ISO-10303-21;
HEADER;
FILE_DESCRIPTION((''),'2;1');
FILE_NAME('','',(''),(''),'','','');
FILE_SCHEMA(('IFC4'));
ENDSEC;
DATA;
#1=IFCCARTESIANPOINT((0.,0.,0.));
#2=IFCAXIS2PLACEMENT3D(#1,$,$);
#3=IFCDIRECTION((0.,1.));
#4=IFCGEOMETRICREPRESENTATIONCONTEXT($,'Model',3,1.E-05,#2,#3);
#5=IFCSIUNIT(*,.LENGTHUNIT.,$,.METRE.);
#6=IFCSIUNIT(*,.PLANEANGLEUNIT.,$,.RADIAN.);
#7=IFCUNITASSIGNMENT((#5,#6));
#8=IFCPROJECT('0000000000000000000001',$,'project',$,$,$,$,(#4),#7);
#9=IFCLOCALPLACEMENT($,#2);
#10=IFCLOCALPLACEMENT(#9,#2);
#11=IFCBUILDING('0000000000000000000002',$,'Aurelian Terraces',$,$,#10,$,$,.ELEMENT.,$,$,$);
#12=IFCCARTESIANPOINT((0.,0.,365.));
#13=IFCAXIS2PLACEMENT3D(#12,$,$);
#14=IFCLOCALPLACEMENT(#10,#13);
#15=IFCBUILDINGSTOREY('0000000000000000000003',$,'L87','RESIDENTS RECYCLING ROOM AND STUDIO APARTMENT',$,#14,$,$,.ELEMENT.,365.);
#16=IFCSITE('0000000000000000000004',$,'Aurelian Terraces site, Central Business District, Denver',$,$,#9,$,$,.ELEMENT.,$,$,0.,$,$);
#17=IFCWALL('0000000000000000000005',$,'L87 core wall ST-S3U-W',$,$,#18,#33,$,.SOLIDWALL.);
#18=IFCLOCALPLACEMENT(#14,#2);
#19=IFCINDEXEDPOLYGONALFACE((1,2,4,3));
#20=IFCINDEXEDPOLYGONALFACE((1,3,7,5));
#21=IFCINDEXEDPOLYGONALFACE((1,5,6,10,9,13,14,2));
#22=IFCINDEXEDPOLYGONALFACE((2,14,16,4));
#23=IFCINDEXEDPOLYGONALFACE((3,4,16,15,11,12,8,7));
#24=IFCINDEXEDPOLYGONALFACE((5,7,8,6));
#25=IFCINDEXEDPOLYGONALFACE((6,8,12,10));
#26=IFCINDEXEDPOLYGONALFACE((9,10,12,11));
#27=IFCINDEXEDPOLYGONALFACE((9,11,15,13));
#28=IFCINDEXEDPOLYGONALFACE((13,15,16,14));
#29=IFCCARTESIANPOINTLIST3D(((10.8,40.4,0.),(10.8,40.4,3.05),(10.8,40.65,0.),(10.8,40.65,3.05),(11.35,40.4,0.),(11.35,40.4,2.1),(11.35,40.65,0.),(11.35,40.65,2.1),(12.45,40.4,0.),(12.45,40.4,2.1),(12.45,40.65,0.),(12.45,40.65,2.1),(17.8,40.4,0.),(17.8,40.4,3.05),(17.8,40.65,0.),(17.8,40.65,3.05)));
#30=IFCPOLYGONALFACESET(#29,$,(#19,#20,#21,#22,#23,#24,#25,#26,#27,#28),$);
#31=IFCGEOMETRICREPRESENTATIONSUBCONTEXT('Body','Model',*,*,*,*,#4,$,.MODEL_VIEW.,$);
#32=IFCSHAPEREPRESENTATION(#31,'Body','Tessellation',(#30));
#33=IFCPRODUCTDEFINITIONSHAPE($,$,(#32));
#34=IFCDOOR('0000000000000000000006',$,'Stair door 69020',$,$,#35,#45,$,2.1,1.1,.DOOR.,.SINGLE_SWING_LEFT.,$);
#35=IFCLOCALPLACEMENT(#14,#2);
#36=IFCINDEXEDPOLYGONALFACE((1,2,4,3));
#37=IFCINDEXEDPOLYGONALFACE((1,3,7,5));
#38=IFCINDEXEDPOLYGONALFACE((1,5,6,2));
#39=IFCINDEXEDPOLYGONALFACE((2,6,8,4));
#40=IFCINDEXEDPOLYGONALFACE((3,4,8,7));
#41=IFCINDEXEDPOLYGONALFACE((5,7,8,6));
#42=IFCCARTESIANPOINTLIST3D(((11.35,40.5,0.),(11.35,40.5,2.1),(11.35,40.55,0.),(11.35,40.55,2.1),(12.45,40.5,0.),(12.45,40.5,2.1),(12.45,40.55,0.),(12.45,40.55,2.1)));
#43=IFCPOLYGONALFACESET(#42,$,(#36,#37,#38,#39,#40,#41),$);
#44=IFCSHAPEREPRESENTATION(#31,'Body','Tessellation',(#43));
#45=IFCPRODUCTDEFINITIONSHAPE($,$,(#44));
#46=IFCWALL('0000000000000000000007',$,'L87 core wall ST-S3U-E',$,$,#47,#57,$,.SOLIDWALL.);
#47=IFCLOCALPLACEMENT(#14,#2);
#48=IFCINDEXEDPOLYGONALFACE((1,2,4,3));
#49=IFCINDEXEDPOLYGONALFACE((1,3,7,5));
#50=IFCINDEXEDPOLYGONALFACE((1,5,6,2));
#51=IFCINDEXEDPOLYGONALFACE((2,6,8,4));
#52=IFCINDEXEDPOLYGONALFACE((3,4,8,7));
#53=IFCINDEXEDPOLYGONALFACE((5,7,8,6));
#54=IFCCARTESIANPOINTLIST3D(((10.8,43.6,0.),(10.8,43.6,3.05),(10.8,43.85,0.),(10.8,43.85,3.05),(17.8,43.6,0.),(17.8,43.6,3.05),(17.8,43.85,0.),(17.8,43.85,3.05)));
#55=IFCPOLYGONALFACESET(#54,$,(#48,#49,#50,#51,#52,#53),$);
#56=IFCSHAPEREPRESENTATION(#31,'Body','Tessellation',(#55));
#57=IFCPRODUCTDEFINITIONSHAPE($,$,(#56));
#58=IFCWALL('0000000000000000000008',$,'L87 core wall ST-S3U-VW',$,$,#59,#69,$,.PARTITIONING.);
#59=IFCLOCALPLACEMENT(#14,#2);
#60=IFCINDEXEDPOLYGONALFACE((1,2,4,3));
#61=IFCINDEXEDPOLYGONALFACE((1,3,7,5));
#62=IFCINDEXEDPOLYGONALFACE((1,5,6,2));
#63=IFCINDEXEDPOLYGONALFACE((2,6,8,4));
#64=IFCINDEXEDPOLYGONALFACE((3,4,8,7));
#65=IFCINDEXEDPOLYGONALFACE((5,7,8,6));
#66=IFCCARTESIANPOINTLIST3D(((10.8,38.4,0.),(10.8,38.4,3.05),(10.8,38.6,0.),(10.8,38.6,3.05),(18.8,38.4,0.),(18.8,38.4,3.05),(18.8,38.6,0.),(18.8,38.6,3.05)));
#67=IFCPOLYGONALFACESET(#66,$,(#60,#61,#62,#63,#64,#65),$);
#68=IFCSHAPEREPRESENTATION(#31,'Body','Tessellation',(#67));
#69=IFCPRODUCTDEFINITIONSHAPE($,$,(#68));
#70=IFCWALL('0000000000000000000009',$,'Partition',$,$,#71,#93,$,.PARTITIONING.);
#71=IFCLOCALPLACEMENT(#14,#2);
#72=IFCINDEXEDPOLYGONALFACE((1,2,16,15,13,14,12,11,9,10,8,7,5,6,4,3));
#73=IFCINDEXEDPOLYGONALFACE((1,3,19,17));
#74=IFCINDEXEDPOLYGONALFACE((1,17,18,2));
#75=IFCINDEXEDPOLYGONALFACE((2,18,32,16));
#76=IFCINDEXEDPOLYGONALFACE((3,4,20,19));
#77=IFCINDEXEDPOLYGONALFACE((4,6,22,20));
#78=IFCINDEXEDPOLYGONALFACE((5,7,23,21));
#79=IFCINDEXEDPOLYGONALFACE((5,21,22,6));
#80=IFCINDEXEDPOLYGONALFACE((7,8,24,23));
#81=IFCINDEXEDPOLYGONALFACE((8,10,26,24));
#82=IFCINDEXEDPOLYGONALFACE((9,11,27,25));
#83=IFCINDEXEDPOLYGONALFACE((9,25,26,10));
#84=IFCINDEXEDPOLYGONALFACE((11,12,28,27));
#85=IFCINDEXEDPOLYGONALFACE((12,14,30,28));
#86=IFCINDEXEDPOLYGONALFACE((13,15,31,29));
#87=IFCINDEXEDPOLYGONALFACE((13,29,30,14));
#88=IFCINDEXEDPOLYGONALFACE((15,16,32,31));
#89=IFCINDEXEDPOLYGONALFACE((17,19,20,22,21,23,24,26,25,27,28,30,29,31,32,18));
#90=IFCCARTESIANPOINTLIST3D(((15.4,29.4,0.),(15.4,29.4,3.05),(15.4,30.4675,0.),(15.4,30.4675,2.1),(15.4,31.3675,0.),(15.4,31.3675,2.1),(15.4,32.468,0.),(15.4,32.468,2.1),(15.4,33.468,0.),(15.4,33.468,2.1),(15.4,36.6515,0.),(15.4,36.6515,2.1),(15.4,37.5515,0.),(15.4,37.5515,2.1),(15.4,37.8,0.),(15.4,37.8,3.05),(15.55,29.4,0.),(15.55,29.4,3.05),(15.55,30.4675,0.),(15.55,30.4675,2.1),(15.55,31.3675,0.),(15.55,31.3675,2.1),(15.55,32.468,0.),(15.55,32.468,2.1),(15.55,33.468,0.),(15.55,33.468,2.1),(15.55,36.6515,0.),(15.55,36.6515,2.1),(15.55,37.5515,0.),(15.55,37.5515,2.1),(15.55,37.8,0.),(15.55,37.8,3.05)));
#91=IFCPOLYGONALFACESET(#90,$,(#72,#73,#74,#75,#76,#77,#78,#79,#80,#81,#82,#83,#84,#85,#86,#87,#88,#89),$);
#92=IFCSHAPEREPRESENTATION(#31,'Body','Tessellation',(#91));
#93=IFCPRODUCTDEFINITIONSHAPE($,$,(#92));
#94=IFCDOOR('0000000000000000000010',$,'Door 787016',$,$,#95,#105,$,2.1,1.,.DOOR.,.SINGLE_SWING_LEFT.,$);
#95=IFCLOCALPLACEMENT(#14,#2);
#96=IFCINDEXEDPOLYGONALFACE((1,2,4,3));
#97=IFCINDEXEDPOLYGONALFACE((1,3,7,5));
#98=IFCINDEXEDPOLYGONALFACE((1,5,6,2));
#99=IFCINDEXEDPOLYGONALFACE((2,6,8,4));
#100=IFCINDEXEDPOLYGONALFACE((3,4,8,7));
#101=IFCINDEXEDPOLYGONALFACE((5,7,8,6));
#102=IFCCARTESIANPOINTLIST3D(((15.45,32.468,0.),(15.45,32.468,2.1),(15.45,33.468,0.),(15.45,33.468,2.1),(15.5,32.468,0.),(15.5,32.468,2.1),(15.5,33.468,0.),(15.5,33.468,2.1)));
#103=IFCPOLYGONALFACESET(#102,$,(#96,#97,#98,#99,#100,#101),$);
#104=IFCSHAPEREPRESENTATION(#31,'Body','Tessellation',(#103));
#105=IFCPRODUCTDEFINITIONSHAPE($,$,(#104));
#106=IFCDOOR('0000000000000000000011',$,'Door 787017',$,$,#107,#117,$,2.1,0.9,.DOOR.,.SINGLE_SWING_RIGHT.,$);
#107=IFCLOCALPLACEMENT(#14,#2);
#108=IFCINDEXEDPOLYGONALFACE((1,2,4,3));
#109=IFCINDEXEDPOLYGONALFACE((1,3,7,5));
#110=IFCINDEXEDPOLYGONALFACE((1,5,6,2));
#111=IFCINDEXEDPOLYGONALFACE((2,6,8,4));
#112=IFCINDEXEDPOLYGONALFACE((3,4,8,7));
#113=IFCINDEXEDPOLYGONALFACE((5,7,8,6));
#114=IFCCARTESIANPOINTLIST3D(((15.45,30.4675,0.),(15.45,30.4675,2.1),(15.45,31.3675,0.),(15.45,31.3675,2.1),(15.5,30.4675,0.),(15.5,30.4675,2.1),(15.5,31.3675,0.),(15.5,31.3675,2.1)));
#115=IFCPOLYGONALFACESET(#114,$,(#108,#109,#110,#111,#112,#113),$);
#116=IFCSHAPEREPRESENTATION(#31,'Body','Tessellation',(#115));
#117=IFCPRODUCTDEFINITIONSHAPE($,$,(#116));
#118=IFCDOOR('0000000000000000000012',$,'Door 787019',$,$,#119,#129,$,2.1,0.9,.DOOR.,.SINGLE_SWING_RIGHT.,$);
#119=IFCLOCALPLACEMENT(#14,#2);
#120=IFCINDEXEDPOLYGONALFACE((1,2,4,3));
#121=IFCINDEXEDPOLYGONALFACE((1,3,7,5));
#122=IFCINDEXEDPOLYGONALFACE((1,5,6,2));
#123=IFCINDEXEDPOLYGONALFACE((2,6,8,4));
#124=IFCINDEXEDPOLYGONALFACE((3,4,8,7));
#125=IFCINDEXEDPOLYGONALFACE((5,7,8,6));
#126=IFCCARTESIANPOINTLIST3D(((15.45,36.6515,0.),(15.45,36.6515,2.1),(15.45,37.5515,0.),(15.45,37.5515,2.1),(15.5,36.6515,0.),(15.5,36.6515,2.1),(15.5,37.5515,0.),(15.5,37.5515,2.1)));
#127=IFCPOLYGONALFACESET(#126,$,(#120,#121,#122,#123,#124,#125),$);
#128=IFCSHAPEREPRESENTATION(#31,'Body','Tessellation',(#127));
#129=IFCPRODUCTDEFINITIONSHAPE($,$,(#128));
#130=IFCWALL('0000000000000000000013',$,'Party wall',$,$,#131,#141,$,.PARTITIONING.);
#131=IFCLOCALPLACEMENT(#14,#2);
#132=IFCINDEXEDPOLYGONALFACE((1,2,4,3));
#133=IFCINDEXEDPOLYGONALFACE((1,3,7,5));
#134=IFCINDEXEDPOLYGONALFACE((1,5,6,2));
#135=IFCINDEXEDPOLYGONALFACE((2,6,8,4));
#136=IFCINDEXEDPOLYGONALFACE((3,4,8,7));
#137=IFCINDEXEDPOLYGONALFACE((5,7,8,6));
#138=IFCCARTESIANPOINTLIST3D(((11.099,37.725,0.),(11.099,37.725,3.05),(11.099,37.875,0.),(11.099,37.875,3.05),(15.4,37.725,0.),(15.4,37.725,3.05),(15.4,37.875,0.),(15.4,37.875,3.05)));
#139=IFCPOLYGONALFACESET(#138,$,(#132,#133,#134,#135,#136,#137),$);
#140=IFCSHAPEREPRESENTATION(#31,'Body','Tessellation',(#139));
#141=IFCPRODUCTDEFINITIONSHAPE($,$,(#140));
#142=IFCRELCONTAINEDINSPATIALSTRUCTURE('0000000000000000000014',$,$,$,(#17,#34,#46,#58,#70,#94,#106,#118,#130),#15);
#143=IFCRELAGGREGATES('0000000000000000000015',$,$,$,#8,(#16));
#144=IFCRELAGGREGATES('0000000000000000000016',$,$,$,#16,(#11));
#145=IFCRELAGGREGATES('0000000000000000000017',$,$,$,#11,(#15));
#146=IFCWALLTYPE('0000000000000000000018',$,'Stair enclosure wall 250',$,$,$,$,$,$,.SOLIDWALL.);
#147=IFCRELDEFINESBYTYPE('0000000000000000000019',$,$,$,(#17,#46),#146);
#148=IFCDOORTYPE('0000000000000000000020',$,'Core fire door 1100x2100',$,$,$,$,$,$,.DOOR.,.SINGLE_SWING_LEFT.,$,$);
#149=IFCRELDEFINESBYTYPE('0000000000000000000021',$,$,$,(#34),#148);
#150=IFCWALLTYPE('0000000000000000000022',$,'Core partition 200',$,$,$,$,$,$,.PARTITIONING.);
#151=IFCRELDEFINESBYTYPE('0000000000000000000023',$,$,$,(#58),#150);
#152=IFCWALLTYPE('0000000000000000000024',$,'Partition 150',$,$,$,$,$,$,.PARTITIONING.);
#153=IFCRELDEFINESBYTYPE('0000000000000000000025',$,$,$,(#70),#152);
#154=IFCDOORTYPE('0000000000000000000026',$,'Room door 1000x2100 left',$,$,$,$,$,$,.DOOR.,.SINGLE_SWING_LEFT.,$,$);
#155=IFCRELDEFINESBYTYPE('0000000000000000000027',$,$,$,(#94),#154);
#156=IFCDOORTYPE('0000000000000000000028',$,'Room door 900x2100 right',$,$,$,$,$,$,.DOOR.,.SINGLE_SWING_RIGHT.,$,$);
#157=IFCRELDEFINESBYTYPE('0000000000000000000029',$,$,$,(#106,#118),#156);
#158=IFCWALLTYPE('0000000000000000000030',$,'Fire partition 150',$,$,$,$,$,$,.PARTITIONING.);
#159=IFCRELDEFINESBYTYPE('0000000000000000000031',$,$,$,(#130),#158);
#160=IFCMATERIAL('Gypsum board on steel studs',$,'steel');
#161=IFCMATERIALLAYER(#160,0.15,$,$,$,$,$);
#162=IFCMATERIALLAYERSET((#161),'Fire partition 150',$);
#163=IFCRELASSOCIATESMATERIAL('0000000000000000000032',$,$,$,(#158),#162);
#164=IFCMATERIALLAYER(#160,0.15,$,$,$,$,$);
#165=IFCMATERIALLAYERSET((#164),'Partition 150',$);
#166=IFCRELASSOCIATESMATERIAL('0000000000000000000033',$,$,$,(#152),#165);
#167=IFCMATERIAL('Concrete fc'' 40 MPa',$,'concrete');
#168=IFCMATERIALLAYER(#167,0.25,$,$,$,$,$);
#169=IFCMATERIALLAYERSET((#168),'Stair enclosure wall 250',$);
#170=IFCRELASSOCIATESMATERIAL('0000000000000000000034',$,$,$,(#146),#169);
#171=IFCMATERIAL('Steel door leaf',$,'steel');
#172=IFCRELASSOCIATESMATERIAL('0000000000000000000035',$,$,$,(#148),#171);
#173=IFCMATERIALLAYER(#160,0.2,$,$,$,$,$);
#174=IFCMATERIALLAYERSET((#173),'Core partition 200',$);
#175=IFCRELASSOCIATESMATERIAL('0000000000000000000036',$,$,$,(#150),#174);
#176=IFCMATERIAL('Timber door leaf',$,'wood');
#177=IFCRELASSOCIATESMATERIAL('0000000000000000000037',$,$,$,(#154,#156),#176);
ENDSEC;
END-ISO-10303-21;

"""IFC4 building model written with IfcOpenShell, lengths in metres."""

from ifc_helpers import new_model, si_unit, direction, frame, frame_2d, origin, place, context, subcontext, project, spatial, rectangle, extrude, source, transform, mapped, material, layer, layer_set, type_object, element, fill, save


model = new_model("IFC4")

# Units and contexts
model_context = context("Model", 3, precision=1e-05, world=origin(), true_north=direction((0.0, 1.0)))
body_context = subcontext(model_context, "Body", "Model", "MODEL_VIEW")
ifc_project = project(units=[si_unit("LENGTHUNIT", "METRE"), si_unit("PLANEANGLEUNIT", "RADIAN")], contexts=[model_context])

# Site, building, storey
site_placement = place(None, origin())
site = spatial("IfcSite", under=ifc_project, at=site_placement, Name="Aurelian Terraces site, Central Business District, Denver", CompositionType="ELEMENT", RefElevation=0.0)
building_placement = place(site_placement, origin())
building = spatial("IfcBuilding", under=site, at=building_placement, Name="Aurelian Terraces", CompositionType="ELEMENT")
storey_placement = place(building_placement, frame((0.0, 0.0, 365.0)))
storey = spatial("IfcBuildingStorey", under=building, at=storey_placement, Name="L87", Description="RESIDENTS RECYCLING ROOM AND STUDIO APARTMENT", CompositionType="ELEMENT", Elevation=365.0)

# Shared definitions
ifc_material_1 = material(Name="Gypsum board on steel studs", Category="steel")
ifc_layer_1 = layer(ifc_material_1, 0.15)
ifc_layer_set_1 = layer_set([ifc_layer_1], Name="Fire partition 150")
wall_type_1 = type_object("IfcWallType", Name="Fire partition 150", PredefinedType="PARTITIONING", material=ifc_layer_set_1)

# Shared definitions
ifc_layer_2 = layer(ifc_material_1, 0.15)
ifc_layer_set_2 = layer_set([ifc_layer_2], Name="Partition 150")
wall_type_2 = type_object("IfcWallType", Name="Partition 150", PredefinedType="PARTITIONING", material=ifc_layer_set_2)
shared_shape_1 = source(origin(), body_context, "Body", "SweptSolid", [
    extrude(rectangle(XDim=0.9, YDim=2.1, at=frame_2d((0.45, 1.05))), frame((0.0, 0.085, 0.0), z_axis=(0.0, -1.0, 0.0), x_axis=(1.0, 0.0, 0.0)), (0.0, 0.0, 1.0), 0.17),
])
ifc_material_2 = material(Name="Timber door leaf", Category="wood")
shared_shape_2 = source(origin(), body_context, "Body", "SweptSolid", [
    extrude(rectangle(XDim=0.9, YDim=2.1, at=frame_2d((0.45, 1.05))), frame((0.0, 0.025, 0.0), z_axis=(0.0, -1.0, 0.0), x_axis=(1.0, 0.0, 0.0)), (0.0, 0.0, 1.0), 0.05),
])

# Shared definitions
ifc_material_3 = material(Name="Concrete fc' 40 MPa", Category="concrete")
ifc_layer_3 = layer(ifc_material_3, 0.25)
ifc_layer_set_3 = layer_set([ifc_layer_3], Name="Stair enclosure wall 250")
wall_type_3 = type_object("IfcWallType", Name="Stair enclosure wall 250", PredefinedType="SOLIDWALL", material=ifc_layer_set_3)

# Wall, opening, door
shared_shape_3 = source(origin(), body_context, "Body", "SweptSolid", [
    extrude(rectangle(XDim=7.0, YDim=0.25, at=frame_2d((3.5, 0.0))), origin(), (0.0, 0.0, 1.0), 3.05),
])
wall_1_placement = place(storey_placement, frame((10.8, 40.525, 0.0), z_axis=(0.0, 0.0, 1.0), x_axis=(1.0, 0.0, 0.0)))
wall_1 = element("IfcWall", 1, at=wall_1_placement, inside=storey, type_object=wall_type_3, Name="L87 core wall ST-S3U-W", PredefinedType="SOLIDWALL", context=body_context, shape_type="MappedRepresentation", body=[
    mapped(shared_shape_3, transform((0.0, 0.0, 0.0), scale=1.0)),
])
shared_shape_4 = source(origin(), body_context, "Body", "SweptSolid", [
    extrude(rectangle(XDim=1.1, YDim=2.1, at=frame_2d((0.55, 1.05))), frame((0.0, 0.135, 0.0), z_axis=(0.0, -1.0, 0.0), x_axis=(1.0, 0.0, 0.0)), (0.0, 0.0, 1.0), 0.27),
])
opening_1_placement = place(wall_1_placement, frame((0.55, 0.0, 0.0)))
opening_1 = element("IfcOpeningElement", 2, at=opening_1_placement, cuts=wall_1, PredefinedType="OPENING", context=body_context, shape_type="MappedRepresentation", body=[
    mapped(shared_shape_4, transform((0.0, 0.0, 0.0), scale=1.0)),
])
ifc_material_4 = material(Name="Steel door leaf", Category="steel")
door_type_1 = type_object("IfcDoorType", Name="Core fire door 1100x2100", OperationType="SINGLE_SWING_LEFT", PredefinedType="DOOR", material=ifc_material_4)
shared_shape_5 = source(origin(), body_context, "Body", "SweptSolid", [
    extrude(rectangle(XDim=1.1, YDim=2.1, at=frame_2d((0.55, 1.05))), frame((0.0, 0.025, 0.0), z_axis=(0.0, -1.0, 0.0), x_axis=(1.0, 0.0, 0.0)), (0.0, 0.0, 1.0), 0.05),
])
door_1_placement = place(opening_1_placement, origin())
door_1 = element("IfcDoor", 3, at=door_1_placement, inside=storey, type_object=door_type_1, Name="Stair door 69020", OperationType="SINGLE_SWING_LEFT", OverallHeight=2.1, OverallWidth=1.1, PredefinedType="DOOR", context=body_context, shape_type="MappedRepresentation", body=[
    mapped(shared_shape_5, transform((0.0, 0.0, 0.0), scale=1.0)),
])
fill(opening_1, door_1)

# Walls
wall_2_placement = place(storey_placement, frame((10.8, 43.725, 0.0), z_axis=(0.0, 0.0, 1.0), x_axis=(1.0, 0.0, 0.0)))
element("IfcWall", 4, at=wall_2_placement, inside=storey, type_object=wall_type_3, Name="L87 core wall ST-S3U-E", PredefinedType="SOLIDWALL", context=body_context, shape_type="MappedRepresentation", body=[
    mapped(shared_shape_3, transform((0.0, 0.0, 0.0), scale=1.0)),
])
ifc_layer_4 = layer(ifc_material_1, 0.2)
ifc_layer_set_4 = layer_set([ifc_layer_4], Name="Core partition 200")
wall_type_4 = type_object("IfcWallType", Name="Core partition 200", PredefinedType="PARTITIONING", material=ifc_layer_set_4)
shared_shape_6 = source(origin(), body_context, "Body", "SweptSolid", [
    extrude(rectangle(XDim=8.0, YDim=0.2, at=frame_2d((4.0, 0.0))), origin(), (0.0, 0.0, 1.0), 3.05),
])
wall_3_placement = place(storey_placement, frame((10.8, 38.5, 0.0), z_axis=(0.0, 0.0, 1.0), x_axis=(1.0, 0.0, 0.0)))
element("IfcWall", 5, at=wall_3_placement, inside=storey, type_object=wall_type_4, Name="L87 core wall ST-S3U-VW", PredefinedType="PARTITIONING", context=body_context, shape_type="MappedRepresentation", body=[
    mapped(shared_shape_6, transform((0.0, 0.0, 0.0), scale=1.0)),
])

# Wall, openings, doors
shared_shape_7 = source(origin(), body_context, "Body", "SweptSolid", [
    extrude(rectangle(XDim=8.4, YDim=0.15, at=frame_2d((4.2, 0.0))), origin(), (0.0, 0.0, 1.0), 3.05),
])
wall_4_placement = place(storey_placement, frame((15.475, 29.4, 0.0), z_axis=(0.0, 0.0, 1.0), x_axis=(0.0, 1.0, 0.0)))
wall_4 = element("IfcWall", 6, at=wall_4_placement, inside=storey, type_object=wall_type_2, Name="Partition", PredefinedType="PARTITIONING", context=body_context, shape_type="MappedRepresentation", body=[
    mapped(shared_shape_7, transform((0.0, 0.0, 0.0), scale=1.0)),
])
shared_shape_8 = source(origin(), body_context, "Body", "SweptSolid", [
    extrude(rectangle(XDim=1.0, YDim=2.1, at=frame_2d((0.5, 1.05))), frame((0.0, 0.085, 0.0), z_axis=(0.0, -1.0, 0.0), x_axis=(1.0, 0.0, 0.0)), (0.0, 0.0, 1.0), 0.17),
])
opening_2_placement = place(wall_4_placement, frame((3.068, 0.0, 0.0)))
opening_2 = element("IfcOpeningElement", 7, at=opening_2_placement, cuts=wall_4, PredefinedType="OPENING", context=body_context, shape_type="MappedRepresentation", body=[
    mapped(shared_shape_8, transform((0.0, 0.0, 0.0), scale=1.0)),
])
opening_3_placement = place(wall_4_placement, frame((1.0675, 0.0, 0.0)))
opening_3 = element("IfcOpeningElement", 8, at=opening_3_placement, cuts=wall_4, PredefinedType="OPENING", context=body_context, shape_type="MappedRepresentation", body=[
    mapped(shared_shape_1, transform((0.0, 0.0, 0.0), scale=1.0)),
])
opening_4_placement = place(wall_4_placement, frame((7.2515, 0.0, 0.0)))
opening_4 = element("IfcOpeningElement", 9, at=opening_4_placement, cuts=wall_4, PredefinedType="OPENING", context=body_context, shape_type="MappedRepresentation", body=[
    mapped(shared_shape_1, transform((0.0, 0.0, 0.0), scale=1.0)),
])
door_type_2 = type_object("IfcDoorType", Name="Room door 1000x2100 left", OperationType="SINGLE_SWING_LEFT", PredefinedType="DOOR", material=ifc_material_2)
shared_shape_9 = source(origin(), body_context, "Body", "SweptSolid", [
    extrude(rectangle(XDim=1.0, YDim=2.1, at=frame_2d((0.5, 1.05))), frame((0.0, 0.025, 0.0), z_axis=(0.0, -1.0, 0.0), x_axis=(1.0, 0.0, 0.0)), (0.0, 0.0, 1.0), 0.05),
])
door_2_placement = place(opening_2_placement, origin())
door_2 = element("IfcDoor", 10, at=door_2_placement, inside=storey, type_object=door_type_2, Name="Door 787016", OperationType="SINGLE_SWING_LEFT", OverallHeight=2.1, OverallWidth=1.0, PredefinedType="DOOR", context=body_context, shape_type="MappedRepresentation", body=[
    mapped(shared_shape_9, transform((0.0, 0.0, 0.0), scale=1.0)),
])
fill(opening_2, door_2)
door_type_3 = type_object("IfcDoorType", Name="Room door 900x2100 right", OperationType="SINGLE_SWING_RIGHT", PredefinedType="DOOR", material=ifc_material_2)
door_3_placement = place(opening_3_placement, origin())
door_3 = element("IfcDoor", 11, at=door_3_placement, inside=storey, type_object=door_type_3, Name="Door 787017", OperationType="SINGLE_SWING_RIGHT", OverallHeight=2.1, OverallWidth=0.9, PredefinedType="DOOR", context=body_context, shape_type="MappedRepresentation", body=[
    mapped(shared_shape_2, transform((0.0, 0.0, 0.0), scale=1.0)),
])
fill(opening_3, door_3)
door_4_placement = place(opening_4_placement, origin())
door_4 = element("IfcDoor", 12, at=door_4_placement, inside=storey, type_object=door_type_3, Name="Door 787019", OperationType="SINGLE_SWING_RIGHT", OverallHeight=2.1, OverallWidth=0.9, PredefinedType="DOOR", context=body_context, shape_type="MappedRepresentation", body=[
    mapped(shared_shape_2, transform((0.0, 0.0, 0.0), scale=1.0)),
])
fill(opening_4, door_4)

# Wall
shared_shape_10 = source(origin(), body_context, "Body", "SweptSolid", [
    extrude(rectangle(XDim=4.301, YDim=0.15, at=frame_2d((2.1505, 0.0))), origin(), (0.0, 0.0, 1.0), 3.05),
])
wall_5_placement = place(storey_placement, frame((15.4, 37.8, 0.0), z_axis=(0.0, 0.0, 1.0), x_axis=(-1.0, 0.0, 0.0)))
element("IfcWall", 13, at=wall_5_placement, inside=storey, type_object=wall_type_1, Name="Party wall", PredefinedType="PARTITIONING", context=body_context, shape_type="MappedRepresentation", body=[
    mapped(shared_shape_10, transform((0.0, 0.0, 0.0), scale=1.0)),
])

save(model, "model.ifc")
